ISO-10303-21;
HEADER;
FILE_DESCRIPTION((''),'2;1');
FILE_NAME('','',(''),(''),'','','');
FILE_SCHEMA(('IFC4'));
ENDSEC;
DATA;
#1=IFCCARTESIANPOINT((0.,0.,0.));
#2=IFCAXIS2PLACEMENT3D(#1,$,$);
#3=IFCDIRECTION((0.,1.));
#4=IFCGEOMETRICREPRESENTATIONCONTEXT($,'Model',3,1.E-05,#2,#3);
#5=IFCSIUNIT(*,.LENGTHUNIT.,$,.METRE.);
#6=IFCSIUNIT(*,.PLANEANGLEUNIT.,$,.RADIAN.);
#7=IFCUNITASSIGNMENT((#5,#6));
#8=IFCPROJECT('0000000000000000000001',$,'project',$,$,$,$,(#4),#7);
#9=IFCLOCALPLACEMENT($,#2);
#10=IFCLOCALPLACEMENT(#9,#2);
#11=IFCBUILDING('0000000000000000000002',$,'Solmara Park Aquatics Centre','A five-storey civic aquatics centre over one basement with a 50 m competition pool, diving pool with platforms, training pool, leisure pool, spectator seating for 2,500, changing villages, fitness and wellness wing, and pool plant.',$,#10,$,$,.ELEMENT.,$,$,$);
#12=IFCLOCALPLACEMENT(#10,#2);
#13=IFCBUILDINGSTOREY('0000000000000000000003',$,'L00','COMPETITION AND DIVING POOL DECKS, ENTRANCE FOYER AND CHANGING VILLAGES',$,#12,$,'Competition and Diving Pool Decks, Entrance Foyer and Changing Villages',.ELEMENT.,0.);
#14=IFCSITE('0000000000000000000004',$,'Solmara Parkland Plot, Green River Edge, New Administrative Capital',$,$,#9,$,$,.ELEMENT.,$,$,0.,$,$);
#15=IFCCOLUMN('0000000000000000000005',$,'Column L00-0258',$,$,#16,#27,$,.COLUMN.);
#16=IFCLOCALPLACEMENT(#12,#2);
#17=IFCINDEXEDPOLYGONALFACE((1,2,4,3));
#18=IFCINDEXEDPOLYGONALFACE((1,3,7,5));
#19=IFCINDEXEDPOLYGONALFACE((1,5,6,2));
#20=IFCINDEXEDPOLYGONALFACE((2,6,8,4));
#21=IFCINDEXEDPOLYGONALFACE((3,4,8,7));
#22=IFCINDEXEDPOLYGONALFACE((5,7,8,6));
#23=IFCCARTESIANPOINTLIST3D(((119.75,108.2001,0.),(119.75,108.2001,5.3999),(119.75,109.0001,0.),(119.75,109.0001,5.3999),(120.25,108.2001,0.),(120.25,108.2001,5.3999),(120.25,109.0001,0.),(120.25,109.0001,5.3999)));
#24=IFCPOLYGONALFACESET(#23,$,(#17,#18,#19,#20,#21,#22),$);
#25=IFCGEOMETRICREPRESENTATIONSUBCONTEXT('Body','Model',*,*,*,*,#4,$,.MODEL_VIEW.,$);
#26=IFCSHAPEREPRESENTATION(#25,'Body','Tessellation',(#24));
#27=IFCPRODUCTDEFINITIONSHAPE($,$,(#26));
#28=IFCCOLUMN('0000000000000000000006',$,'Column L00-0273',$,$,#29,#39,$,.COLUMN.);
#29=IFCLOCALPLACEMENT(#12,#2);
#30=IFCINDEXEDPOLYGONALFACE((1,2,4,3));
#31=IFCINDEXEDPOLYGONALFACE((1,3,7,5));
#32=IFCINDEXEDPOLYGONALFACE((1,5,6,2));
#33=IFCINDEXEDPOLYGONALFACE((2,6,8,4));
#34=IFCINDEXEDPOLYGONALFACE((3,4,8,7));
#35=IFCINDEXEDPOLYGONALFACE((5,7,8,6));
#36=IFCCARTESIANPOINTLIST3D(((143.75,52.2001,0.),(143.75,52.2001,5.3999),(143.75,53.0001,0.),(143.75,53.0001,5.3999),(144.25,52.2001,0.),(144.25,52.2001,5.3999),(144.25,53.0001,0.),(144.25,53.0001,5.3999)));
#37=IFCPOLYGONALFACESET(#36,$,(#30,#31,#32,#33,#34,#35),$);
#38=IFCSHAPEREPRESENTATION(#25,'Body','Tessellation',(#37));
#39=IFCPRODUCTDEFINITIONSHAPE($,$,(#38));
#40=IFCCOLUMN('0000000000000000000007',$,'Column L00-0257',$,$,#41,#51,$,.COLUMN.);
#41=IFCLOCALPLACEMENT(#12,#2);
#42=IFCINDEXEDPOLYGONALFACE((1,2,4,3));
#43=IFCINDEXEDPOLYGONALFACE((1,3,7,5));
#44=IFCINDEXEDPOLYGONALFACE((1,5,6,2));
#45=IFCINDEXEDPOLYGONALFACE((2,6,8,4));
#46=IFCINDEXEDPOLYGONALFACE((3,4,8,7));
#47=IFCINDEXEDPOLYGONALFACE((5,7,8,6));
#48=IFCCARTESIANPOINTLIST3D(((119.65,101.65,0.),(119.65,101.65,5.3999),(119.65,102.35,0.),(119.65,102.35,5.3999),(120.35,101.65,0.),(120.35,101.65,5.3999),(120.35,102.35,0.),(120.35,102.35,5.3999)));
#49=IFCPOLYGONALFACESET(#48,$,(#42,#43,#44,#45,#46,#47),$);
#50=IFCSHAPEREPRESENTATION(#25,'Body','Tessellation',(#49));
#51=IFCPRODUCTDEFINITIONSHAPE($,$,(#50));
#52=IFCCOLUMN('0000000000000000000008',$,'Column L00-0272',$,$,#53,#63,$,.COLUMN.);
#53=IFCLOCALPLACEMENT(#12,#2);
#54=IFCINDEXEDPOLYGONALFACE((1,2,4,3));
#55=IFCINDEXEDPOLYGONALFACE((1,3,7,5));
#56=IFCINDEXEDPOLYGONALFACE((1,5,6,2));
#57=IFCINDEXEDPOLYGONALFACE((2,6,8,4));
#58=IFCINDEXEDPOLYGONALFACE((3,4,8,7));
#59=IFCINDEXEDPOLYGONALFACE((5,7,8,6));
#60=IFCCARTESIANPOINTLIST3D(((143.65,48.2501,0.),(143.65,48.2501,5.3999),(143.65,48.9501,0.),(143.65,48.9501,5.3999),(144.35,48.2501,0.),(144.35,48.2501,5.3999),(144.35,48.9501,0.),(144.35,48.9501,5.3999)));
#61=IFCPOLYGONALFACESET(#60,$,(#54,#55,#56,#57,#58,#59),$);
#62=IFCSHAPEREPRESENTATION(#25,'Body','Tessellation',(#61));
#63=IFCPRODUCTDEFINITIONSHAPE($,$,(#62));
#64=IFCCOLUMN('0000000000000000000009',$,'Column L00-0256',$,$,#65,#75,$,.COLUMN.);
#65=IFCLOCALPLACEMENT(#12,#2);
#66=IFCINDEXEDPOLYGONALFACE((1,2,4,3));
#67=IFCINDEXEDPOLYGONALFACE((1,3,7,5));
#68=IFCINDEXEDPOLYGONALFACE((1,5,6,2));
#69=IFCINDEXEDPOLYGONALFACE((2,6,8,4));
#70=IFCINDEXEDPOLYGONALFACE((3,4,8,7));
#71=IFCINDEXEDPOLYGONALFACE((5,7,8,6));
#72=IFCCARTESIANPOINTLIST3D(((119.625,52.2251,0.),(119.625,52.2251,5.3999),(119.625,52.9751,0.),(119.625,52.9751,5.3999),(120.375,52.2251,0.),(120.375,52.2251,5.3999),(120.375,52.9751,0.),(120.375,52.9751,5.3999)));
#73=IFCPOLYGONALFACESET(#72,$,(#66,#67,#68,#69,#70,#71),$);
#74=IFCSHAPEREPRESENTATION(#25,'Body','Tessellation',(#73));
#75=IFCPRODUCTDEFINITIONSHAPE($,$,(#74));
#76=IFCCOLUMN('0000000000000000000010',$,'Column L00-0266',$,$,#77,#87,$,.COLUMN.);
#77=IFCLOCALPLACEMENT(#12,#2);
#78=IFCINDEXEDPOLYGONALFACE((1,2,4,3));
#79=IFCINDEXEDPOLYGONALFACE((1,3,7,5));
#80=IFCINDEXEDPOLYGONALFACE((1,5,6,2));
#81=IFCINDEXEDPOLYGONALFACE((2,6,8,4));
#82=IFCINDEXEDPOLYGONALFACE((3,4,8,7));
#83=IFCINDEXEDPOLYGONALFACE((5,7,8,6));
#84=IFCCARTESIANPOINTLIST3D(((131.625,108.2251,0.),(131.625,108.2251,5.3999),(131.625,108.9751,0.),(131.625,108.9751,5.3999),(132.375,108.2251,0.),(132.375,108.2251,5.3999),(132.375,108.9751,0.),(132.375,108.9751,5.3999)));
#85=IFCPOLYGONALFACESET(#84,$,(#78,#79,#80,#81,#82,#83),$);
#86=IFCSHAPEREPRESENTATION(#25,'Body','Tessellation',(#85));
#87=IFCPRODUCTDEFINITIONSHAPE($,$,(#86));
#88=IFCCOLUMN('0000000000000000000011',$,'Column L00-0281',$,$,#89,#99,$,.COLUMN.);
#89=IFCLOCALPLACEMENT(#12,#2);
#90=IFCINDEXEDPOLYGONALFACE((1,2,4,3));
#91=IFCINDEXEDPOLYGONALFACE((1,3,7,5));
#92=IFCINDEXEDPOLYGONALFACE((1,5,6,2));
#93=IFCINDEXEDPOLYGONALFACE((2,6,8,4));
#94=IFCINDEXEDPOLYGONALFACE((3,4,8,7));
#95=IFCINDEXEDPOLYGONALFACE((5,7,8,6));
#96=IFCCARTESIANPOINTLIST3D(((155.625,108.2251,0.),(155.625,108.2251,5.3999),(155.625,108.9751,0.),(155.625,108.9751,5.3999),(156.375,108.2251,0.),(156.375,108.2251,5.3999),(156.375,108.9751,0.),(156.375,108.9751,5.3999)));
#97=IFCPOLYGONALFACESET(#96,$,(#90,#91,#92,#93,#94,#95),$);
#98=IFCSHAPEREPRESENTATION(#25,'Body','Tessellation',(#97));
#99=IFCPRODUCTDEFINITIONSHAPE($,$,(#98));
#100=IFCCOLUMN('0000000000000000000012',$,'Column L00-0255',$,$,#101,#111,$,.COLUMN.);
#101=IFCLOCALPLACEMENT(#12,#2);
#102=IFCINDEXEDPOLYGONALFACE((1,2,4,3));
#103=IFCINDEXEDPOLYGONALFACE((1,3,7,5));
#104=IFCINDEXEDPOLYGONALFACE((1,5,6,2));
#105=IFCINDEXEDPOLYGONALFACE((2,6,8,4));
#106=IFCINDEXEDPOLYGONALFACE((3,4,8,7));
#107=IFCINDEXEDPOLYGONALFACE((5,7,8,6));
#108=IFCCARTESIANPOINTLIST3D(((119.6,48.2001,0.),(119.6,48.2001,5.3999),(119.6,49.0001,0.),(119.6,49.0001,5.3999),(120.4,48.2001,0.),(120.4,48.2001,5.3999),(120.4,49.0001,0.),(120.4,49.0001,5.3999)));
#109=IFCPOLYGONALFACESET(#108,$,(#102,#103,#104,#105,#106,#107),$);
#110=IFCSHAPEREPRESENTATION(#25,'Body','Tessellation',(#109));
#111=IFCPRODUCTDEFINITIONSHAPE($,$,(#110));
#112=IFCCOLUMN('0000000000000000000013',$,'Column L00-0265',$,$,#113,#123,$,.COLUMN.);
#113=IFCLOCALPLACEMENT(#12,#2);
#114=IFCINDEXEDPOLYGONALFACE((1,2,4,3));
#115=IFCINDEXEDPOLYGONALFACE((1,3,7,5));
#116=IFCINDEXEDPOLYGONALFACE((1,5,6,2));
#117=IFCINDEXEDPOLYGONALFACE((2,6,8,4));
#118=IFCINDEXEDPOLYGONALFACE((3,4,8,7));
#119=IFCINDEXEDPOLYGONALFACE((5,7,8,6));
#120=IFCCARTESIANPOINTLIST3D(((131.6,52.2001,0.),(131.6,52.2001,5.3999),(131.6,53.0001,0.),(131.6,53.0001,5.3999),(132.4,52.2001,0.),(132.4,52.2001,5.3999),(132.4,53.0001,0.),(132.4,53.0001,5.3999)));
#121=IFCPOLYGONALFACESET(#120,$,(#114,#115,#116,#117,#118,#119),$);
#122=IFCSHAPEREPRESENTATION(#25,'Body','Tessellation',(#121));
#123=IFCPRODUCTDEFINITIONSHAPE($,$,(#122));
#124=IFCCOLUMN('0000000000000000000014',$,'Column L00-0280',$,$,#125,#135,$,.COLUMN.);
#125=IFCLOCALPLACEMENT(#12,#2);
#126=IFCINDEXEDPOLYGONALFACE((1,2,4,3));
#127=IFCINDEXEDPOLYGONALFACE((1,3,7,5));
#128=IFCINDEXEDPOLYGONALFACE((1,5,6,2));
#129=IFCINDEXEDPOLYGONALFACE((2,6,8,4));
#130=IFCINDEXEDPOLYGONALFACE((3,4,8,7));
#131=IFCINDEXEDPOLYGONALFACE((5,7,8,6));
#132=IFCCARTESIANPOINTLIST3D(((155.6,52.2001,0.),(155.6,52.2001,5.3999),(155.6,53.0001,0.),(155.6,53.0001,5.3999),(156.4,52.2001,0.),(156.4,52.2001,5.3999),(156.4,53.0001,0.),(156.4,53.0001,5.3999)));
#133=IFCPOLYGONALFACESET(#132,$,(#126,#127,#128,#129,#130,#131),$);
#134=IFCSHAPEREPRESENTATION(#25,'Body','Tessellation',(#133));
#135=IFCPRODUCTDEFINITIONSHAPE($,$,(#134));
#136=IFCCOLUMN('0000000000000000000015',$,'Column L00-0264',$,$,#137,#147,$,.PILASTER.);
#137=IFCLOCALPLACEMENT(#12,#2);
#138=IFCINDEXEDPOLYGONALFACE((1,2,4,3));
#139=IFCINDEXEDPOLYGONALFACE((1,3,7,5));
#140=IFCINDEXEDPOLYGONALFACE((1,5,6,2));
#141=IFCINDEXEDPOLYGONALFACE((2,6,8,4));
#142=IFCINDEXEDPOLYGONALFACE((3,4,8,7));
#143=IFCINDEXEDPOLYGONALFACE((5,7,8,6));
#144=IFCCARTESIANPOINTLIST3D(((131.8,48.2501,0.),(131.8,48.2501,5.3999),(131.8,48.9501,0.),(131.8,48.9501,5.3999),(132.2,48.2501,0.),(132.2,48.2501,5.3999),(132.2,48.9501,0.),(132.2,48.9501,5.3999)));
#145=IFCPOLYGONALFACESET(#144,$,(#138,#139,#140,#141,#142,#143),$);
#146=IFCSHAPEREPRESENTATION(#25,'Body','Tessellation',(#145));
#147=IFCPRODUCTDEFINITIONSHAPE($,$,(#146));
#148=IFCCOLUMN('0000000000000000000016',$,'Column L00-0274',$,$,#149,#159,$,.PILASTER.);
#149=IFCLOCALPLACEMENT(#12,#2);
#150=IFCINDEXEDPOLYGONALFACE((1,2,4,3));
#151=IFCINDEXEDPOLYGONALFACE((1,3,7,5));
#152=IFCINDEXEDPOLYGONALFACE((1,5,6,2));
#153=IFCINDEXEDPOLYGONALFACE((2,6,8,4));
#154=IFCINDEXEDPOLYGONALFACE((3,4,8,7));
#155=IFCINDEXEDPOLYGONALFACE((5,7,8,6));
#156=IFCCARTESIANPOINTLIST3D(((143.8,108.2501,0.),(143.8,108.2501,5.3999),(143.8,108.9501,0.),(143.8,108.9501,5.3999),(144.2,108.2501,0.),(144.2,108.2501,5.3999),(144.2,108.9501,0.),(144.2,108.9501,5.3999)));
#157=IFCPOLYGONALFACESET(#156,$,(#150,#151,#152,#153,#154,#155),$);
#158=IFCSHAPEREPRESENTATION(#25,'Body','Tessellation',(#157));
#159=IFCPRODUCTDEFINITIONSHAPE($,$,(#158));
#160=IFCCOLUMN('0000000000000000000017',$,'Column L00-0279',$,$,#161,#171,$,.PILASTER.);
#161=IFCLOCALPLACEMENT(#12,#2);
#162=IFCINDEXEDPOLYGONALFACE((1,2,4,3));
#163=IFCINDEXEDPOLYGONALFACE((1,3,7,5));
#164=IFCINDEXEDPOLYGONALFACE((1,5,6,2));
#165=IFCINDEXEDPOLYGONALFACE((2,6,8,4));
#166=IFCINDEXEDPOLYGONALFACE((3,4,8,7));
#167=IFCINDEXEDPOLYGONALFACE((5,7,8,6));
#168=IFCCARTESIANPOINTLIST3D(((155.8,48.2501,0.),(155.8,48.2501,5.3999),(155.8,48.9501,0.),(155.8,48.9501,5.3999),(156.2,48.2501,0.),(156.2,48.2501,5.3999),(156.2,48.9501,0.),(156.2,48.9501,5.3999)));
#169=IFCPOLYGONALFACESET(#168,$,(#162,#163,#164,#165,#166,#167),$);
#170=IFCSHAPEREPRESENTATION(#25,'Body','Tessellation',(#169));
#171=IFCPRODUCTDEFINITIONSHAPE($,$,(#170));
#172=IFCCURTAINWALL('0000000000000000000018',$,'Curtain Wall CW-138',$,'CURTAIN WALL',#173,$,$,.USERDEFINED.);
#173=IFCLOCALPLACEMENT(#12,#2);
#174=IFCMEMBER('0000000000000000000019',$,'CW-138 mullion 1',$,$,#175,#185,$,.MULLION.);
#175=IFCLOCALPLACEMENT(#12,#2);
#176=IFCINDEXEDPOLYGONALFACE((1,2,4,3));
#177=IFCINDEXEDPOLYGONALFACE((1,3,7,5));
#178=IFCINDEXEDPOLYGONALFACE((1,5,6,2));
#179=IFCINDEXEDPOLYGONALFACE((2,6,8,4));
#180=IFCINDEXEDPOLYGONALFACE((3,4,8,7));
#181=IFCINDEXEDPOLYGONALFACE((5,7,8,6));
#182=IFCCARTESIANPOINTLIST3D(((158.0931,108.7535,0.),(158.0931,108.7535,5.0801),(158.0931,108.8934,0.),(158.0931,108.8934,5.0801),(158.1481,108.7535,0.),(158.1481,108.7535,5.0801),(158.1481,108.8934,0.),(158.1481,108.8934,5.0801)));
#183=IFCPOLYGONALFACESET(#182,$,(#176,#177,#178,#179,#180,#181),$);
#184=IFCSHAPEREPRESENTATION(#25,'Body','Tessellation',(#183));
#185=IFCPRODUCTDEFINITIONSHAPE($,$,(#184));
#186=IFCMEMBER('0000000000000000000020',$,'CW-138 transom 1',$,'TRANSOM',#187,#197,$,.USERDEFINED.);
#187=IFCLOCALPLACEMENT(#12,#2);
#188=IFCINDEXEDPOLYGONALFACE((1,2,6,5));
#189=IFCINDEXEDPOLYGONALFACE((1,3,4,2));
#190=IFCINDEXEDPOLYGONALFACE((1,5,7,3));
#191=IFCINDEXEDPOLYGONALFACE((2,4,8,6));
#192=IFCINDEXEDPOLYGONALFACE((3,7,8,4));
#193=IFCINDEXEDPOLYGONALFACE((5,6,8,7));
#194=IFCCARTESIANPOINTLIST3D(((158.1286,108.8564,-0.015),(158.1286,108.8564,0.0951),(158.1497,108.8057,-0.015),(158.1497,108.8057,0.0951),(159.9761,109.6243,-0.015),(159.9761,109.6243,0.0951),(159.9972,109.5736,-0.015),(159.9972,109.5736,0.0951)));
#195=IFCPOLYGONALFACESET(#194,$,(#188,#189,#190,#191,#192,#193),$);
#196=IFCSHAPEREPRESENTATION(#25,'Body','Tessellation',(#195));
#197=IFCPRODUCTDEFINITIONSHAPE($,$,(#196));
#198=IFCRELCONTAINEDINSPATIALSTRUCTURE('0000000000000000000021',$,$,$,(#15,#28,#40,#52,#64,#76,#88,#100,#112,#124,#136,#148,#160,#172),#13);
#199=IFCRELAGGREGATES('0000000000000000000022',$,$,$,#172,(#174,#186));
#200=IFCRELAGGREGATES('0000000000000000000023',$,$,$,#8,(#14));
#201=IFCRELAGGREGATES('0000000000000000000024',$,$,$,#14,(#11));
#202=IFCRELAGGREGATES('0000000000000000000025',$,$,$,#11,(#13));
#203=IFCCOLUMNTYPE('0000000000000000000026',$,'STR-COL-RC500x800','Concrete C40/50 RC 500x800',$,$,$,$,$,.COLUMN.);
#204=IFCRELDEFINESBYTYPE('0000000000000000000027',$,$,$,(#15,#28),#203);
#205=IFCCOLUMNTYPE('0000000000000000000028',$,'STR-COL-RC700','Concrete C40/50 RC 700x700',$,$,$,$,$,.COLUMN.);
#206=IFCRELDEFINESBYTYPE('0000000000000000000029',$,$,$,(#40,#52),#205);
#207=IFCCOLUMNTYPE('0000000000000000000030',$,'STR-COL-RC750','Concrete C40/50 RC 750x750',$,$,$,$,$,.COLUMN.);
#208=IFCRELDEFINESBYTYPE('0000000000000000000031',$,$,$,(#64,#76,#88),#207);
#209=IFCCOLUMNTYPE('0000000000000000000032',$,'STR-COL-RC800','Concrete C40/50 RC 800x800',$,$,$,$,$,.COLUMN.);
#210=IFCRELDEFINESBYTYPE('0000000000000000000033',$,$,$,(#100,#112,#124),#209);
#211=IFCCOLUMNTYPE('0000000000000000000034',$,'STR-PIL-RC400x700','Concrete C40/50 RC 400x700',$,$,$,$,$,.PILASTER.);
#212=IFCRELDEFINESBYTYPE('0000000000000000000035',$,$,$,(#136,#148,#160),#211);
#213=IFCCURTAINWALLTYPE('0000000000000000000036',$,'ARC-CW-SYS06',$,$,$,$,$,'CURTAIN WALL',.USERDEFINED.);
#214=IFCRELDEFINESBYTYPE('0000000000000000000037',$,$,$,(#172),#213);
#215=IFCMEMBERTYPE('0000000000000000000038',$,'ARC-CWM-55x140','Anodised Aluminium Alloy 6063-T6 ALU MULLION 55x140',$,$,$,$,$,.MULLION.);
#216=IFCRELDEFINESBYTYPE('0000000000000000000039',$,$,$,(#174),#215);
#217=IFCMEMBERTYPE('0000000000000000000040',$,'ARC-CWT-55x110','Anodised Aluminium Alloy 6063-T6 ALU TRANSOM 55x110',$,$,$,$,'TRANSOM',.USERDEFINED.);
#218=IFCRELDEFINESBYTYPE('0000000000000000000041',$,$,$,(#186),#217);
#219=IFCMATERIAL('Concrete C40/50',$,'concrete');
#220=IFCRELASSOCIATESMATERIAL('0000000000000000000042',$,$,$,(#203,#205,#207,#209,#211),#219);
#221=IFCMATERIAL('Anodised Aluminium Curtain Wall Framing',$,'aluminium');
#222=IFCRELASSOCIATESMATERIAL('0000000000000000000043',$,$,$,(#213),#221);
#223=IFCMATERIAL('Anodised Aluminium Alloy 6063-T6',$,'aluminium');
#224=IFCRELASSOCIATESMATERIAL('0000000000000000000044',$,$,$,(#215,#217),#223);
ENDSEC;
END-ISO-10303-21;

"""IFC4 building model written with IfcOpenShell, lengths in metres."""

from ifc_helpers import new_model, si_unit, direction, frame, origin, origin_2d, place, context, subcontext, project, spatial, rectangle, extrude, material, material_profile, profile_set, type_object, element, aggregate, save


model = new_model("IFC4")

# Units and contexts
model_context = context("Model", 3, precision=1e-05, world=origin(), true_north=direction((0.0, 1.0)))
body_context = subcontext(model_context, "Body", "Model", "MODEL_VIEW")
ifc_project = project(units=[si_unit("LENGTHUNIT", "METRE"), si_unit("PLANEANGLEUNIT", "RADIAN")], contexts=[model_context])

# Site, building, storey
site_placement = place(None, origin())
site = spatial("IfcSite", under=ifc_project, at=site_placement, Name="Solmara Parkland Plot, Green River Edge, New Administrative Capital", CompositionType="ELEMENT", RefElevation=0.0)
building_placement = place(site_placement, origin())
building = spatial("IfcBuilding", under=site, at=building_placement, Name="Solmara Park Aquatics Centre", Description="A five-storey civic aquatics centre over one basement with a 50 m competition pool, diving pool with platforms, training pool, leisure pool, spectator seating for 2,500, changing villages, fitness and wellness wing, and pool plant.", CompositionType="ELEMENT")
storey_placement = place(building_placement, origin())
storey = spatial("IfcBuildingStorey", under=building, at=storey_placement, Name="L00", Description="COMPETITION AND DIVING POOL DECKS, ENTRANCE FOYER AND CHANGING VILLAGES", LongName="Competition and Diving Pool Decks, Entrance Foyer and Changing Villages", CompositionType="ELEMENT", Elevation=0.0)

# Columns
ifc_material_1 = material(Name="Concrete C40/50", Category="concrete")
ifc_material_profile_1 = material_profile(ifc_material_1, rectangle(XDim=0.5, YDim=0.8, at=origin_2d()), Name="RC 500x800")
ifc_profile_set_1 = profile_set([ifc_material_profile_1], Name="Concrete C40/50")
column_type_1 = type_object("IfcColumnType", Name="STR-COL-RC500x800", Description="Concrete C40/50 RC 500x800", PredefinedType="COLUMN", material=ifc_profile_set_1)
for number, where, z_axis, x_axis, name in (
    (1, (120.0, 108.6001, 0.0), (0.0, 0.0, 1.0), (1.0, 0.0, 0.0), "Column L00-0258"),
    (2, (144.0, 52.6001, 0.0), (0.0, 0.0, 1.0), (1.0, 0.0, 0.0), "Column L00-0273"),
):
    element("IfcColumn", number, at=place(storey_placement, frame(where, z_axis=z_axis, x_axis=x_axis)), inside=storey, type_object=column_type_1, Name=name, PredefinedType="COLUMN", context=body_context, shape_type="SweptSolid", body=[
        extrude(rectangle(XDim=0.5, YDim=0.8, at=origin_2d()), origin(), (0.0, 0.0, 1.0), 5.3999),
    ])
ifc_material_profile_2 = material_profile(ifc_material_1, rectangle(XDim=0.7, YDim=0.7, at=origin_2d()), Name="RC 700x700")
ifc_profile_set_2 = profile_set([ifc_material_profile_2], Name="Concrete C40/50")
column_type_2 = type_object("IfcColumnType", Name="STR-COL-RC700", Description="Concrete C40/50 RC 700x700", PredefinedType="COLUMN", material=ifc_profile_set_2)
for number, where, z_axis, x_axis, name in (
    (3, (120.0, 102.0, 0.0), (0.0, 0.0, 1.0), (1.0, 0.0, 0.0), "Column L00-0257"),
    (4, (144.0, 48.6001, 0.0), (0.0, 0.0, 1.0), (1.0, 0.0, 0.0), "Column L00-0272"),
):
    element("IfcColumn", number, at=place(storey_placement, frame(where, z_axis=z_axis, x_axis=x_axis)), inside=storey, type_object=column_type_2, Name=name, PredefinedType="COLUMN", context=body_context, shape_type="SweptSolid", body=[
        extrude(rectangle(XDim=0.7, YDim=0.7, at=origin_2d()), origin(), (0.0, 0.0, 1.0), 5.3999),
    ])
ifc_material_profile_3 = material_profile(ifc_material_1, rectangle(XDim=0.75, YDim=0.75, at=origin_2d()), Name="RC 750x750")
ifc_profile_set_3 = profile_set([ifc_material_profile_3], Name="Concrete C40/50")
column_type_3 = type_object("IfcColumnType", Name="STR-COL-RC750", Description="Concrete C40/50 RC 750x750", PredefinedType="COLUMN", material=ifc_profile_set_3)
for number, where, z_axis, x_axis, name in (
    (5, (120.0, 52.6001, 0.0), (0.0, 0.0, 1.0), (1.0, 0.0, 0.0), "Column L00-0256"),
    (6, (132.0, 108.6001, 0.0), (0.0, 0.0, 1.0), (1.0, 0.0, 0.0), "Column L00-0266"),
    (7, (156.0, 108.6001, 0.0), (0.0, 0.0, 1.0), (1.0, 0.0, 0.0), "Column L00-0281"),
):
    element("IfcColumn", number, at=place(storey_placement, frame(where, z_axis=z_axis, x_axis=x_axis)), inside=storey, type_object=column_type_3, Name=name, PredefinedType="COLUMN", context=body_context, shape_type="SweptSolid", body=[
        extrude(rectangle(XDim=0.75, YDim=0.75, at=origin_2d()), origin(), (0.0, 0.0, 1.0), 5.3999),
    ])
ifc_material_profile_4 = material_profile(ifc_material_1, rectangle(XDim=0.8, YDim=0.8, at=origin_2d()), Name="RC 800x800")
ifc_profile_set_4 = profile_set([ifc_material_profile_4], Name="Concrete C40/50")
column_type_4 = type_object("IfcColumnType", Name="STR-COL-RC800", Description="Concrete C40/50 RC 800x800", PredefinedType="COLUMN", material=ifc_profile_set_4)
for number, where, z_axis, x_axis, name in (
    (8, (120.0, 48.6001, 0.0), (0.0, 0.0, 1.0), (1.0, 0.0, 0.0), "Column L00-0255"),
    (9, (132.0, 52.6001, 0.0), (0.0, 0.0, 1.0), (1.0, 0.0, 0.0), "Column L00-0265"),
    (10, (156.0, 52.6001, 0.0), (0.0, 0.0, 1.0), (1.0, 0.0, 0.0), "Column L00-0280"),
):
    element("IfcColumn", number, at=place(storey_placement, frame(where, z_axis=z_axis, x_axis=x_axis)), inside=storey, type_object=column_type_4, Name=name, PredefinedType="COLUMN", context=body_context, shape_type="SweptSolid", body=[
        extrude(rectangle(XDim=0.8, YDim=0.8, at=origin_2d()), origin(), (0.0, 0.0, 1.0), 5.3999),
    ])
ifc_material_profile_5 = material_profile(ifc_material_1, rectangle(XDim=0.3999, YDim=0.7, at=origin_2d()), Name="RC 400x700")
ifc_profile_set_5 = profile_set([ifc_material_profile_5], Name="Concrete C40/50")
column_type_5 = type_object("IfcColumnType", Name="STR-PIL-RC400x700", Description="Concrete C40/50 RC 400x700", PredefinedType="PILASTER", material=ifc_profile_set_5)
for number, where, z_axis, x_axis, name in (
    (11, (132.0, 48.6001, 0.0), (0.0, 0.0, 1.0), (1.0, 0.0, 0.0), "Column L00-0264"),
    (12, (144.0, 108.6001, 0.0), (0.0, 0.0, 1.0), (1.0, 0.0, 0.0), "Column L00-0274"),
    (13, (156.0, 48.6001, 0.0), (0.0, 0.0, 1.0), (1.0, 0.0, 0.0), "Column L00-0279"),
):
    element("IfcColumn", number, at=place(storey_placement, frame(where, z_axis=z_axis, x_axis=x_axis)), inside=storey, type_object=column_type_5, Name=name, PredefinedType="PILASTER", context=body_context, shape_type="SweptSolid", body=[
        extrude(rectangle(XDim=0.3999, YDim=0.7, at=origin_2d()), origin(), (0.0, 0.0, 1.0), 5.3999),
    ])

# Curtain wall, members
ifc_material_2 = material(Name="Anodised Aluminium Curtain Wall Framing", Category="aluminium")
curtain_wall_type = type_object("IfcCurtainWallType", Name="ARC-CW-SYS06", ElementType="CURTAIN WALL", PredefinedType="USERDEFINED", material=ifc_material_2)
curtain_wall_placement = place(storey_placement, origin())
curtain_wall = element("IfcCurtainWall", 14, at=curtain_wall_placement, inside=storey, type_object=curtain_wall_type, Name="Curtain Wall CW-138", ObjectType="CURTAIN WALL", PredefinedType="USERDEFINED")
ifc_material_3 = material(Name="Anodised Aluminium Alloy 6063-T6", Category="aluminium")
ifc_material_profile_6 = material_profile(ifc_material_3, rectangle(XDim=0.0549, YDim=0.1399, at=origin_2d()), Name="ALU MULLION 55x140")
ifc_profile_set_6 = profile_set([ifc_material_profile_6], Name="Anodised Aluminium Alloy 6063-T6")
member_type_1 = type_object("IfcMemberType", Name="ARC-CWM-55x140", Description="Anodised Aluminium Alloy 6063-T6 ALU MULLION 55x140", PredefinedType="MULLION", material=ifc_profile_set_6)
member_1_placement = place(storey_placement, frame((158.1206, 108.8235, 0.0), z_axis=(0.0, 0.0, 1.0), x_axis=(1.0, 0.0, 0.0)))
member_1 = element("IfcMember", 15, at=member_1_placement, type_object=member_type_1, Name="CW-138 mullion 1", PredefinedType="MULLION", context=body_context, shape_type="SweptSolid", body=[
    extrude(rectangle(XDim=0.0549, YDim=0.1399, at=origin_2d()), origin(), (0.0, 0.0, 1.0), 5.0801),
])
ifc_material_profile_7 = material_profile(ifc_material_3, rectangle(XDim=0.0549, YDim=0.1101, at=origin_2d()), Name="ALU TRANSOM 55x110")
ifc_profile_set_7 = profile_set([ifc_material_profile_7], Name="Anodised Aluminium Alloy 6063-T6")
member_type_2 = type_object("IfcMemberType", Name="ARC-CWT-55x110", Description="Anodised Aluminium Alloy 6063-T6 ALU TRANSOM 55x110", ElementType="TRANSOM", PredefinedType="USERDEFINED", material=ifc_profile_set_7)
member_2_placement = place(storey_placement, frame((158.1392, 108.8311, 0.04), z_axis=(0.92342, 0.383792, 0.0), x_axis=(-0.383792, 0.92342, 0.0)))
member_2 = element("IfcMember", 16, at=member_2_placement, type_object=member_type_2, Name="CW-138 transom 1", ObjectType="TRANSOM", PredefinedType="USERDEFINED", context=body_context, shape_type="SweptSolid", body=[
    extrude(rectangle(XDim=0.0549, YDim=0.1101, at=origin_2d()), origin(), (0.0, 0.0, 1.0), 2.0007),
])
aggregate(curtain_wall, [member_1, member_2])

save(model, "model.ifc")
